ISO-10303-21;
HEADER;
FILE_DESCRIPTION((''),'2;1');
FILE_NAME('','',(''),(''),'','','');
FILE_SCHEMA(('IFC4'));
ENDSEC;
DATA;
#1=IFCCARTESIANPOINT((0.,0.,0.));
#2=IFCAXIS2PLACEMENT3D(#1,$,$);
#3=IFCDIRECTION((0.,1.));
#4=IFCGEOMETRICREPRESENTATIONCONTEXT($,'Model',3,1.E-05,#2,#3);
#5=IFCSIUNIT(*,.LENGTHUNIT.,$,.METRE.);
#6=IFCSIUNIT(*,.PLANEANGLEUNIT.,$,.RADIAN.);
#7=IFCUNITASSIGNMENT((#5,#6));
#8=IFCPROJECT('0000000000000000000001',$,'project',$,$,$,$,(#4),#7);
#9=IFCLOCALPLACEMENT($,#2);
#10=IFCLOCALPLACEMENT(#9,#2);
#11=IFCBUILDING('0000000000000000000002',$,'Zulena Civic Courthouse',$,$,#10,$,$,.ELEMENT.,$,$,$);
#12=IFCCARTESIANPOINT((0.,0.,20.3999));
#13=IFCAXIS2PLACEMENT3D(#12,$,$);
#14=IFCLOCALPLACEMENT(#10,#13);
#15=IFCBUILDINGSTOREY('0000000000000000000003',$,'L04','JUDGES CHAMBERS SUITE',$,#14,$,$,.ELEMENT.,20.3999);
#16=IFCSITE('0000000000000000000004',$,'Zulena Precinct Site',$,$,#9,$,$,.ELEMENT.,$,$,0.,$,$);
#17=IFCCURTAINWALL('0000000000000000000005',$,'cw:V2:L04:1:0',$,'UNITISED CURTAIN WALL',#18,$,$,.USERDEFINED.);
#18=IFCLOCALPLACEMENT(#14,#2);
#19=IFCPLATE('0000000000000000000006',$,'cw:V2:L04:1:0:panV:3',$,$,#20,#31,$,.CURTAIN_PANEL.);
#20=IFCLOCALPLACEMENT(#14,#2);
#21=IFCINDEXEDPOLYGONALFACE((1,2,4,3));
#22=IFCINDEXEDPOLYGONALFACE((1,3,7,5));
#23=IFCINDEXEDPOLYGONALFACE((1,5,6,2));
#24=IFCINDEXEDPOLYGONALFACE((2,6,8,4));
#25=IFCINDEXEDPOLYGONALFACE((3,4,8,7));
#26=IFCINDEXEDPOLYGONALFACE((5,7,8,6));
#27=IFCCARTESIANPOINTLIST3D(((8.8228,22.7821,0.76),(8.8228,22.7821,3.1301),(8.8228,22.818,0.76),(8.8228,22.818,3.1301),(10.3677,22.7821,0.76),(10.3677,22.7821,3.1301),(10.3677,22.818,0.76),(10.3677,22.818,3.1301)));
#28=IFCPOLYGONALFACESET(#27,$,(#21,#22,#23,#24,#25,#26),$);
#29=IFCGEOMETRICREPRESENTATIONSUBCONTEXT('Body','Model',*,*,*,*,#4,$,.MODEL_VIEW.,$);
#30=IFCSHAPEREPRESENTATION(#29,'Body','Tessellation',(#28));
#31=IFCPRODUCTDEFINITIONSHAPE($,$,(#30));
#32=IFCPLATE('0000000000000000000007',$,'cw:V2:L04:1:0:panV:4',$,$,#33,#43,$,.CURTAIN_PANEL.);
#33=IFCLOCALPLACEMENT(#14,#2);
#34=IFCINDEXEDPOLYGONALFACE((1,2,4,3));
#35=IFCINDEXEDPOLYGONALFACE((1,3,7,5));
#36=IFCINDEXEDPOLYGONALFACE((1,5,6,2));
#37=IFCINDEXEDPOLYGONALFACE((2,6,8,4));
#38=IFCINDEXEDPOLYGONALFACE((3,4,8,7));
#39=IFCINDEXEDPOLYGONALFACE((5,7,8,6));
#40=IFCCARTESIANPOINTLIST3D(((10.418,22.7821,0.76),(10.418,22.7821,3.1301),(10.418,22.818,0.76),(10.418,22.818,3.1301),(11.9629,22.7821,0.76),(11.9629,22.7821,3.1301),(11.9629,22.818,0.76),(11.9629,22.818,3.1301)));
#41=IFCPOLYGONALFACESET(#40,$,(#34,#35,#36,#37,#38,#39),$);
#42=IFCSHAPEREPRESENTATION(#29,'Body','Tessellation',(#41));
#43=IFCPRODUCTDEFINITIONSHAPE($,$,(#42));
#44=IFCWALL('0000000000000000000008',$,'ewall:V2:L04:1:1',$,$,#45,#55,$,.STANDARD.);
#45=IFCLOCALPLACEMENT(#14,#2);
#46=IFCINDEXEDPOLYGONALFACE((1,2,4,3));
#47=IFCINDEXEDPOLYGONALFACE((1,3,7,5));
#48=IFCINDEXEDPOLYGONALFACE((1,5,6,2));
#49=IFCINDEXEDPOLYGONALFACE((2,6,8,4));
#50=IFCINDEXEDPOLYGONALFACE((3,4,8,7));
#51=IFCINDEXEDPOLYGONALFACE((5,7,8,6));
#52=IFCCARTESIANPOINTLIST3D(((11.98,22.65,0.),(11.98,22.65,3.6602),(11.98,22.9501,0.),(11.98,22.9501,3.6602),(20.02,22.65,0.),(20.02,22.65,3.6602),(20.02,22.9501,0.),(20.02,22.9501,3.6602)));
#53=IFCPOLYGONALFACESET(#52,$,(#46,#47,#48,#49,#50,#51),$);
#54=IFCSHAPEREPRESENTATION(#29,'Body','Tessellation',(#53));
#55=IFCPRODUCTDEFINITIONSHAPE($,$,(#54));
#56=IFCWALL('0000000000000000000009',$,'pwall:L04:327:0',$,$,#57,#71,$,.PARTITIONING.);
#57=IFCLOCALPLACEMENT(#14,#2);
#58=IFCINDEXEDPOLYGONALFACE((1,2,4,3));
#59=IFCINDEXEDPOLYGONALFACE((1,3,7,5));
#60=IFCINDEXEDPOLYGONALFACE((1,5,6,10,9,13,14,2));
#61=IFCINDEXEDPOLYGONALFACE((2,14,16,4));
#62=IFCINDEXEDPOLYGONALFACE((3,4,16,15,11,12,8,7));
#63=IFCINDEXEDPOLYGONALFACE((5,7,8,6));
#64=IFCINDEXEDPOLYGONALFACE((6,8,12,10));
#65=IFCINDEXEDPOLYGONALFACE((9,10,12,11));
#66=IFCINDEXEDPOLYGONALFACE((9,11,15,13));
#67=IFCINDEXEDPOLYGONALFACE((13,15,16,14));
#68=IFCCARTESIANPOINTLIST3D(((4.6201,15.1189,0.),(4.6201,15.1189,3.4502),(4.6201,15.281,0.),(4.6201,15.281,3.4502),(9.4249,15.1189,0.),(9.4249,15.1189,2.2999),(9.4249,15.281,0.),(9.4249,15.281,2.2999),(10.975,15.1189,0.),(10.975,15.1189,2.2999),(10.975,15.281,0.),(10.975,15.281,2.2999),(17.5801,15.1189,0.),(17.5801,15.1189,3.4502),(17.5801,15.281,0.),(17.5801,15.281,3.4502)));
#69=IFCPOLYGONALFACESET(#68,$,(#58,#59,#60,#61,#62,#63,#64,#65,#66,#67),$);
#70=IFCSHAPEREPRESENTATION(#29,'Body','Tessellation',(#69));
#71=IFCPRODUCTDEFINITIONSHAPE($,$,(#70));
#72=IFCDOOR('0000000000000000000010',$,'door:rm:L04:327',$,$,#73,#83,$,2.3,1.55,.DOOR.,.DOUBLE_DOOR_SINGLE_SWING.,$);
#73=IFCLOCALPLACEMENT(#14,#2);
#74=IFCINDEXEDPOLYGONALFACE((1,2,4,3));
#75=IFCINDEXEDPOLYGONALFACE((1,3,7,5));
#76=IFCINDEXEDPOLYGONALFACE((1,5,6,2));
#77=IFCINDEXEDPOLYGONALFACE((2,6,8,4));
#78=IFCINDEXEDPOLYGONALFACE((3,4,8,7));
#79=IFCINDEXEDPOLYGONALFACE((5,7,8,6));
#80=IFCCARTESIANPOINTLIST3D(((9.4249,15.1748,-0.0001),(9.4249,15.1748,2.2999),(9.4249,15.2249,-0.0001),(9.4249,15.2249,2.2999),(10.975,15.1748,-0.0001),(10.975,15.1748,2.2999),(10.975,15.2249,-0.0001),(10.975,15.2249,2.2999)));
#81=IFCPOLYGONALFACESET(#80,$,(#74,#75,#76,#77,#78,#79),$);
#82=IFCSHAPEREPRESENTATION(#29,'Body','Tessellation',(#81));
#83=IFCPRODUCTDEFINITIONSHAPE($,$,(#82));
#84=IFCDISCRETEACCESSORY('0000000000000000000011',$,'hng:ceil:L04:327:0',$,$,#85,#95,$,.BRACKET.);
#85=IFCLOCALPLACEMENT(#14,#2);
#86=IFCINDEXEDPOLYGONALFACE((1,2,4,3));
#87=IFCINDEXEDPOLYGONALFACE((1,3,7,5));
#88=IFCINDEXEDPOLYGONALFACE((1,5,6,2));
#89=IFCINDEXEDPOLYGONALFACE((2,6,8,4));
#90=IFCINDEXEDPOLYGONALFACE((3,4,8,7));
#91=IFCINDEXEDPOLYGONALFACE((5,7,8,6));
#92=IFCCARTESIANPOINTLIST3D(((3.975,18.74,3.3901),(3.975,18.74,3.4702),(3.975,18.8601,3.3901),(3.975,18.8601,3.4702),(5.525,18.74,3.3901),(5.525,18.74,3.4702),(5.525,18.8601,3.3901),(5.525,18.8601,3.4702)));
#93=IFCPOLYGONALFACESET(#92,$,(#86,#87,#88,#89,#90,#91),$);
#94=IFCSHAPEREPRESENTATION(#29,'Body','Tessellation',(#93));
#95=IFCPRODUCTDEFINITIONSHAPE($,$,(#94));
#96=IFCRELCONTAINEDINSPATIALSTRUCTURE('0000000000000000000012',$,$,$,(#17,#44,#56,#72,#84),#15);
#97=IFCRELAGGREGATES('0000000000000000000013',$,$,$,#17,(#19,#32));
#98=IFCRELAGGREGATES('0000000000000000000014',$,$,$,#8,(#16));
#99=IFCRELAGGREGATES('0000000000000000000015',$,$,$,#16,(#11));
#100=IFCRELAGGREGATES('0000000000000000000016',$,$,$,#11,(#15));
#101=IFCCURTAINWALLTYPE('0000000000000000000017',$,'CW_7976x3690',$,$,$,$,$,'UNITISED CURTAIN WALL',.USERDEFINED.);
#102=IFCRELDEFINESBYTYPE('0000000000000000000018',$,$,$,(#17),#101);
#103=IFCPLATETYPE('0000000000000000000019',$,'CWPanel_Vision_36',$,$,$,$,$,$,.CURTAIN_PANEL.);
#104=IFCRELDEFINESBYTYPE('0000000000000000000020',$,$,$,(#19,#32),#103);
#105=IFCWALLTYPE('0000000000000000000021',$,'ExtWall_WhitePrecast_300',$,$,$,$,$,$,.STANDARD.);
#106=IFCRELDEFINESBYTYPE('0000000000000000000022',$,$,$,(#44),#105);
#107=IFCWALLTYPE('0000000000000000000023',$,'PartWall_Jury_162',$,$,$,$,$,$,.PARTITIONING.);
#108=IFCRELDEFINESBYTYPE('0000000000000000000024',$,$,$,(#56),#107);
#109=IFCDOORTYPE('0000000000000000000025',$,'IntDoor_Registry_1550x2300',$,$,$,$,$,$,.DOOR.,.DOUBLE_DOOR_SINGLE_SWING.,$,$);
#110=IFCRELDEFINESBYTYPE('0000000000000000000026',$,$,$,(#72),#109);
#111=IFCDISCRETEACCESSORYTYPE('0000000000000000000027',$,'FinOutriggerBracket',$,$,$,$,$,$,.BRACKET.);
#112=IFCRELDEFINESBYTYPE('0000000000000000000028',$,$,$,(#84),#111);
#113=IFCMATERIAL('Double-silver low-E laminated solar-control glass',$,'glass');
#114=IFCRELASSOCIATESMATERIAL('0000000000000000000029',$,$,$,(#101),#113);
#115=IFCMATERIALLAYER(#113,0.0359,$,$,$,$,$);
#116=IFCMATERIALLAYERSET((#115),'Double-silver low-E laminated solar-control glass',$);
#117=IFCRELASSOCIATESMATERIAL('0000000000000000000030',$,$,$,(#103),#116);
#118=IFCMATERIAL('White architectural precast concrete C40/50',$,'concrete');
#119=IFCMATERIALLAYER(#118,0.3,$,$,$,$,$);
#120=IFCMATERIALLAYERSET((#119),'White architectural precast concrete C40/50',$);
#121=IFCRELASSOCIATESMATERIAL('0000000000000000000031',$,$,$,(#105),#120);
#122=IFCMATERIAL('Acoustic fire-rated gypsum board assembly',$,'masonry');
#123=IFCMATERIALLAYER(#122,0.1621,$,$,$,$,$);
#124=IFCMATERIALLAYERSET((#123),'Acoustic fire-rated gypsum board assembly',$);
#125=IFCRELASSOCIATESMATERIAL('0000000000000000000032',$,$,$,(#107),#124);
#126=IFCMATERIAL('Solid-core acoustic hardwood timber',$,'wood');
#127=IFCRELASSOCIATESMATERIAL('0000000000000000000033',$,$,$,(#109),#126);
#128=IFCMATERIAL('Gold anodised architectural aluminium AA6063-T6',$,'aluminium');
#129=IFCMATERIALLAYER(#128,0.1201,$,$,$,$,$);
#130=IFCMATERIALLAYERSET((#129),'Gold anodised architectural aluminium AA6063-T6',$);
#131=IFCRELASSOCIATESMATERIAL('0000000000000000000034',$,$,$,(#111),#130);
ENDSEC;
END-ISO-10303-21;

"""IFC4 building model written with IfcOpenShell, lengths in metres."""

from ifc_helpers import new_model, si_unit, direction, frame, frame_2d, origin, origin_2d, place, context, subcontext, project, spatial, rectangle, extrude, material, layer, layer_set, type_object, element, fill, aggregate, save


model = new_model("IFC4")

# Units and contexts
model_context = context("Model", 3, precision=1e-05, world=origin(), true_north=direction((0.0, 1.0)))
body_context = subcontext(model_context, "Body", "Model", "MODEL_VIEW")
ifc_project = project(units=[si_unit("LENGTHUNIT", "METRE"), si_unit("PLANEANGLEUNIT", "RADIAN")], contexts=[model_context])

# Site, building, storey
site_placement = place(None, origin())
site = spatial("IfcSite", under=ifc_project, at=site_placement, Name="Zulena Precinct Site", CompositionType="ELEMENT", RefElevation=0.0)
building_placement = place(site_placement, origin())
building = spatial("IfcBuilding", under=site, at=building_placement, Name="Zulena Civic Courthouse", CompositionType="ELEMENT")
storey_placement = place(building_placement, frame((0.0, 0.0, 20.3999)))
storey = spatial("IfcBuildingStorey", under=building, at=storey_placement, Name="L04", Description="JUDGES CHAMBERS SUITE", CompositionType="ELEMENT", Elevation=20.3999)

# Curtain wall
ifc_material_1 = material(Name="Double-silver low-E laminated solar-control glass", Category="glass")
curtain_wall_type = type_object("IfcCurtainWallType", Name="CW_7976x3690", ElementType="UNITISED CURTAIN WALL", PredefinedType="USERDEFINED", material=ifc_material_1)
curtain_wall_placement = place(storey_placement, origin())
curtain_wall = element("IfcCurtainWall", 1, at=curtain_wall_placement, inside=storey, type_object=curtain_wall_type, Name="cw:V2:L04:1:0", ObjectType="UNITISED CURTAIN WALL", PredefinedType="USERDEFINED")

# Plates
ifc_layer_1 = layer(ifc_material_1, 0.0359)
ifc_layer_set_1 = layer_set([ifc_layer_1], Name="Double-silver low-E laminated solar-control glass")
plate_type_1 = type_object("IfcPlateType", Name="CWPanel_Vision_36", PredefinedType="CURTAIN_PANEL", material=ifc_layer_set_1)
plate_1_placement = place(storey_placement, frame((9.5952, 22.8, 0.76), z_axis=(0.0, 0.0, 1.0), x_axis=(1.0, 0.0, 0.0)))
plate_1 = element("IfcPlate", 2, at=plate_1_placement, type_object=plate_type_1, Name="cw:V2:L04:1:0:panV:3", PredefinedType="CURTAIN_PANEL", context=body_context, shape_type="SweptSolid", body=[
    extrude(rectangle(XDim=1.5449, YDim=0.0359, at=origin_2d()), origin(), (0.0, 0.0, 1.0), 2.3701),
])
plate_2_placement = place(storey_placement, frame((11.1904, 22.8, 0.76), z_axis=(0.0, 0.0, 1.0), x_axis=(1.0, 0.0, 0.0)))
plate_2 = element("IfcPlate", 3, at=plate_2_placement, type_object=plate_type_1, Name="cw:V2:L04:1:0:panV:4", PredefinedType="CURTAIN_PANEL", context=body_context, shape_type="SweptSolid", body=[
    extrude(rectangle(XDim=1.5449, YDim=0.0359, at=origin_2d()), origin(), (0.0, 0.0, 1.0), 2.3701),
])
aggregate(curtain_wall, [plate_1, plate_2])

# Wall
ifc_material_2 = material(Name="White architectural precast concrete C40/50", Category="concrete")
ifc_layer_2 = layer(ifc_material_2, 0.3)
ifc_layer_set_2 = layer_set([ifc_layer_2], Name="White architectural precast concrete C40/50")
wall_type_1 = type_object("IfcWallType", Name="ExtWall_WhitePrecast_300", PredefinedType="STANDARD", material=ifc_layer_set_2)
wall_1_placement = place(storey_placement, frame((11.98, 22.8, 0.0), z_axis=(0.0, 0.0, 1.0), x_axis=(1.0, 0.0, 0.0)))
element("IfcWall", 4, at=wall_1_placement, inside=storey, type_object=wall_type_1, Name="ewall:V2:L04:1:1", PredefinedType="STANDARD", context=body_context, shape_type="SweptSolid", body=[
    extrude(rectangle(XDim=8.04, YDim=0.3, at=frame_2d((4.02, 0.0))), origin(), (0.0, 0.0, 1.0), 3.6602),
])

# Wall, opening, door
ifc_material_3 = material(Name="Acoustic fire-rated gypsum board assembly", Category="masonry")
ifc_layer_3 = layer(ifc_material_3, 0.1621)
ifc_layer_set_3 = layer_set([ifc_layer_3], Name="Acoustic fire-rated gypsum board assembly")
wall_type_2 = type_object("IfcWallType", Name="PartWall_Jury_162", PredefinedType="PARTITIONING", material=ifc_layer_set_3)
wall_2_placement = place(storey_placement, frame((4.6201, 15.2, 0.0), z_axis=(0.0, 0.0, 1.0), x_axis=(1.0, 0.0, 0.0)))
wall_2 = element("IfcWall", 5, at=wall_2_placement, inside=storey, type_object=wall_type_2, Name="pwall:L04:327:0", PredefinedType="PARTITIONING", context=body_context, shape_type="SweptSolid", body=[
    extrude(rectangle(XDim=12.96, YDim=0.1621, at=frame_2d((6.48, 0.0))), origin(), (0.0, 0.0, 1.0), 3.4502),
])
opening_placement = place(wall_2_placement, frame((4.8049, 0.0, 0.0)))
opening = element("IfcOpeningElement", 6, at=opening_placement, cuts=wall_2, PredefinedType="OPENING", context=body_context, shape_type="SweptSolid", body=[
    extrude(rectangle(XDim=1.55, YDim=2.3, at=frame_2d((0.7749, 1.1499))), frame((0.0, 0.0911, 0.0), z_axis=(0.0, -1.0, 0.0), x_axis=(1.0, 0.0, 0.0)), (0.0, 0.0, 1.0), 0.1821),
])
ifc_material_4 = material(Name="Solid-core acoustic hardwood timber", Category="wood")
door_type = type_object("IfcDoorType", Name="IntDoor_Registry_1550x2300", OperationType="DOUBLE_DOOR_SINGLE_SWING", PredefinedType="DOOR", material=ifc_material_4)
door_placement = place(opening_placement, origin())
door = element("IfcDoor", 7, at=door_placement, inside=storey, type_object=door_type, Name="door:rm:L04:327", OperationType="DOUBLE_DOOR_SINGLE_SWING", OverallHeight=2.3, OverallWidth=1.55, PredefinedType="DOOR", context=body_context, shape_type="SweptSolid", body=[
    extrude(rectangle(XDim=1.55, YDim=2.3, at=frame_2d((0.7749, 1.1499))), frame((0.0, 0.0249, 0.0), z_axis=(0.0, -1.0, 0.0), x_axis=(1.0, 0.0, 0.0)), (0.0, 0.0, 1.0), 0.05),
])
fill(opening, door)

# Discrete accessory
ifc_material_5 = material(Name="Gold anodised architectural aluminium AA6063-T6", Category="aluminium")
ifc_layer_4 = layer(ifc_material_5, 0.1201)
ifc_layer_set_4 = layer_set([ifc_layer_4], Name="Gold anodised architectural aluminium AA6063-T6")
discrete_accessory_type = type_object("IfcDiscreteAccessoryType", Name="FinOutriggerBracket", PredefinedType="BRACKET", material=ifc_layer_set_4)
discrete_accessory_placement = place(storey_placement, frame((4.75, 18.8, 3.3901), z_axis=(0.0, 0.0, 1.0), x_axis=(1.0, 0.0, 0.0)))
element("IfcDiscreteAccessory", 8, at=discrete_accessory_placement, inside=storey, type_object=discrete_accessory_type, Name="hng:ceil:L04:327:0", PredefinedType="BRACKET", context=body_context, shape_type="SweptSolid", body=[
    extrude(rectangle(XDim=1.55, YDim=0.1201, at=origin_2d()), origin(), (0.0, 0.0, 1.0), 0.0801),
])

save(model, "model.ifc")
